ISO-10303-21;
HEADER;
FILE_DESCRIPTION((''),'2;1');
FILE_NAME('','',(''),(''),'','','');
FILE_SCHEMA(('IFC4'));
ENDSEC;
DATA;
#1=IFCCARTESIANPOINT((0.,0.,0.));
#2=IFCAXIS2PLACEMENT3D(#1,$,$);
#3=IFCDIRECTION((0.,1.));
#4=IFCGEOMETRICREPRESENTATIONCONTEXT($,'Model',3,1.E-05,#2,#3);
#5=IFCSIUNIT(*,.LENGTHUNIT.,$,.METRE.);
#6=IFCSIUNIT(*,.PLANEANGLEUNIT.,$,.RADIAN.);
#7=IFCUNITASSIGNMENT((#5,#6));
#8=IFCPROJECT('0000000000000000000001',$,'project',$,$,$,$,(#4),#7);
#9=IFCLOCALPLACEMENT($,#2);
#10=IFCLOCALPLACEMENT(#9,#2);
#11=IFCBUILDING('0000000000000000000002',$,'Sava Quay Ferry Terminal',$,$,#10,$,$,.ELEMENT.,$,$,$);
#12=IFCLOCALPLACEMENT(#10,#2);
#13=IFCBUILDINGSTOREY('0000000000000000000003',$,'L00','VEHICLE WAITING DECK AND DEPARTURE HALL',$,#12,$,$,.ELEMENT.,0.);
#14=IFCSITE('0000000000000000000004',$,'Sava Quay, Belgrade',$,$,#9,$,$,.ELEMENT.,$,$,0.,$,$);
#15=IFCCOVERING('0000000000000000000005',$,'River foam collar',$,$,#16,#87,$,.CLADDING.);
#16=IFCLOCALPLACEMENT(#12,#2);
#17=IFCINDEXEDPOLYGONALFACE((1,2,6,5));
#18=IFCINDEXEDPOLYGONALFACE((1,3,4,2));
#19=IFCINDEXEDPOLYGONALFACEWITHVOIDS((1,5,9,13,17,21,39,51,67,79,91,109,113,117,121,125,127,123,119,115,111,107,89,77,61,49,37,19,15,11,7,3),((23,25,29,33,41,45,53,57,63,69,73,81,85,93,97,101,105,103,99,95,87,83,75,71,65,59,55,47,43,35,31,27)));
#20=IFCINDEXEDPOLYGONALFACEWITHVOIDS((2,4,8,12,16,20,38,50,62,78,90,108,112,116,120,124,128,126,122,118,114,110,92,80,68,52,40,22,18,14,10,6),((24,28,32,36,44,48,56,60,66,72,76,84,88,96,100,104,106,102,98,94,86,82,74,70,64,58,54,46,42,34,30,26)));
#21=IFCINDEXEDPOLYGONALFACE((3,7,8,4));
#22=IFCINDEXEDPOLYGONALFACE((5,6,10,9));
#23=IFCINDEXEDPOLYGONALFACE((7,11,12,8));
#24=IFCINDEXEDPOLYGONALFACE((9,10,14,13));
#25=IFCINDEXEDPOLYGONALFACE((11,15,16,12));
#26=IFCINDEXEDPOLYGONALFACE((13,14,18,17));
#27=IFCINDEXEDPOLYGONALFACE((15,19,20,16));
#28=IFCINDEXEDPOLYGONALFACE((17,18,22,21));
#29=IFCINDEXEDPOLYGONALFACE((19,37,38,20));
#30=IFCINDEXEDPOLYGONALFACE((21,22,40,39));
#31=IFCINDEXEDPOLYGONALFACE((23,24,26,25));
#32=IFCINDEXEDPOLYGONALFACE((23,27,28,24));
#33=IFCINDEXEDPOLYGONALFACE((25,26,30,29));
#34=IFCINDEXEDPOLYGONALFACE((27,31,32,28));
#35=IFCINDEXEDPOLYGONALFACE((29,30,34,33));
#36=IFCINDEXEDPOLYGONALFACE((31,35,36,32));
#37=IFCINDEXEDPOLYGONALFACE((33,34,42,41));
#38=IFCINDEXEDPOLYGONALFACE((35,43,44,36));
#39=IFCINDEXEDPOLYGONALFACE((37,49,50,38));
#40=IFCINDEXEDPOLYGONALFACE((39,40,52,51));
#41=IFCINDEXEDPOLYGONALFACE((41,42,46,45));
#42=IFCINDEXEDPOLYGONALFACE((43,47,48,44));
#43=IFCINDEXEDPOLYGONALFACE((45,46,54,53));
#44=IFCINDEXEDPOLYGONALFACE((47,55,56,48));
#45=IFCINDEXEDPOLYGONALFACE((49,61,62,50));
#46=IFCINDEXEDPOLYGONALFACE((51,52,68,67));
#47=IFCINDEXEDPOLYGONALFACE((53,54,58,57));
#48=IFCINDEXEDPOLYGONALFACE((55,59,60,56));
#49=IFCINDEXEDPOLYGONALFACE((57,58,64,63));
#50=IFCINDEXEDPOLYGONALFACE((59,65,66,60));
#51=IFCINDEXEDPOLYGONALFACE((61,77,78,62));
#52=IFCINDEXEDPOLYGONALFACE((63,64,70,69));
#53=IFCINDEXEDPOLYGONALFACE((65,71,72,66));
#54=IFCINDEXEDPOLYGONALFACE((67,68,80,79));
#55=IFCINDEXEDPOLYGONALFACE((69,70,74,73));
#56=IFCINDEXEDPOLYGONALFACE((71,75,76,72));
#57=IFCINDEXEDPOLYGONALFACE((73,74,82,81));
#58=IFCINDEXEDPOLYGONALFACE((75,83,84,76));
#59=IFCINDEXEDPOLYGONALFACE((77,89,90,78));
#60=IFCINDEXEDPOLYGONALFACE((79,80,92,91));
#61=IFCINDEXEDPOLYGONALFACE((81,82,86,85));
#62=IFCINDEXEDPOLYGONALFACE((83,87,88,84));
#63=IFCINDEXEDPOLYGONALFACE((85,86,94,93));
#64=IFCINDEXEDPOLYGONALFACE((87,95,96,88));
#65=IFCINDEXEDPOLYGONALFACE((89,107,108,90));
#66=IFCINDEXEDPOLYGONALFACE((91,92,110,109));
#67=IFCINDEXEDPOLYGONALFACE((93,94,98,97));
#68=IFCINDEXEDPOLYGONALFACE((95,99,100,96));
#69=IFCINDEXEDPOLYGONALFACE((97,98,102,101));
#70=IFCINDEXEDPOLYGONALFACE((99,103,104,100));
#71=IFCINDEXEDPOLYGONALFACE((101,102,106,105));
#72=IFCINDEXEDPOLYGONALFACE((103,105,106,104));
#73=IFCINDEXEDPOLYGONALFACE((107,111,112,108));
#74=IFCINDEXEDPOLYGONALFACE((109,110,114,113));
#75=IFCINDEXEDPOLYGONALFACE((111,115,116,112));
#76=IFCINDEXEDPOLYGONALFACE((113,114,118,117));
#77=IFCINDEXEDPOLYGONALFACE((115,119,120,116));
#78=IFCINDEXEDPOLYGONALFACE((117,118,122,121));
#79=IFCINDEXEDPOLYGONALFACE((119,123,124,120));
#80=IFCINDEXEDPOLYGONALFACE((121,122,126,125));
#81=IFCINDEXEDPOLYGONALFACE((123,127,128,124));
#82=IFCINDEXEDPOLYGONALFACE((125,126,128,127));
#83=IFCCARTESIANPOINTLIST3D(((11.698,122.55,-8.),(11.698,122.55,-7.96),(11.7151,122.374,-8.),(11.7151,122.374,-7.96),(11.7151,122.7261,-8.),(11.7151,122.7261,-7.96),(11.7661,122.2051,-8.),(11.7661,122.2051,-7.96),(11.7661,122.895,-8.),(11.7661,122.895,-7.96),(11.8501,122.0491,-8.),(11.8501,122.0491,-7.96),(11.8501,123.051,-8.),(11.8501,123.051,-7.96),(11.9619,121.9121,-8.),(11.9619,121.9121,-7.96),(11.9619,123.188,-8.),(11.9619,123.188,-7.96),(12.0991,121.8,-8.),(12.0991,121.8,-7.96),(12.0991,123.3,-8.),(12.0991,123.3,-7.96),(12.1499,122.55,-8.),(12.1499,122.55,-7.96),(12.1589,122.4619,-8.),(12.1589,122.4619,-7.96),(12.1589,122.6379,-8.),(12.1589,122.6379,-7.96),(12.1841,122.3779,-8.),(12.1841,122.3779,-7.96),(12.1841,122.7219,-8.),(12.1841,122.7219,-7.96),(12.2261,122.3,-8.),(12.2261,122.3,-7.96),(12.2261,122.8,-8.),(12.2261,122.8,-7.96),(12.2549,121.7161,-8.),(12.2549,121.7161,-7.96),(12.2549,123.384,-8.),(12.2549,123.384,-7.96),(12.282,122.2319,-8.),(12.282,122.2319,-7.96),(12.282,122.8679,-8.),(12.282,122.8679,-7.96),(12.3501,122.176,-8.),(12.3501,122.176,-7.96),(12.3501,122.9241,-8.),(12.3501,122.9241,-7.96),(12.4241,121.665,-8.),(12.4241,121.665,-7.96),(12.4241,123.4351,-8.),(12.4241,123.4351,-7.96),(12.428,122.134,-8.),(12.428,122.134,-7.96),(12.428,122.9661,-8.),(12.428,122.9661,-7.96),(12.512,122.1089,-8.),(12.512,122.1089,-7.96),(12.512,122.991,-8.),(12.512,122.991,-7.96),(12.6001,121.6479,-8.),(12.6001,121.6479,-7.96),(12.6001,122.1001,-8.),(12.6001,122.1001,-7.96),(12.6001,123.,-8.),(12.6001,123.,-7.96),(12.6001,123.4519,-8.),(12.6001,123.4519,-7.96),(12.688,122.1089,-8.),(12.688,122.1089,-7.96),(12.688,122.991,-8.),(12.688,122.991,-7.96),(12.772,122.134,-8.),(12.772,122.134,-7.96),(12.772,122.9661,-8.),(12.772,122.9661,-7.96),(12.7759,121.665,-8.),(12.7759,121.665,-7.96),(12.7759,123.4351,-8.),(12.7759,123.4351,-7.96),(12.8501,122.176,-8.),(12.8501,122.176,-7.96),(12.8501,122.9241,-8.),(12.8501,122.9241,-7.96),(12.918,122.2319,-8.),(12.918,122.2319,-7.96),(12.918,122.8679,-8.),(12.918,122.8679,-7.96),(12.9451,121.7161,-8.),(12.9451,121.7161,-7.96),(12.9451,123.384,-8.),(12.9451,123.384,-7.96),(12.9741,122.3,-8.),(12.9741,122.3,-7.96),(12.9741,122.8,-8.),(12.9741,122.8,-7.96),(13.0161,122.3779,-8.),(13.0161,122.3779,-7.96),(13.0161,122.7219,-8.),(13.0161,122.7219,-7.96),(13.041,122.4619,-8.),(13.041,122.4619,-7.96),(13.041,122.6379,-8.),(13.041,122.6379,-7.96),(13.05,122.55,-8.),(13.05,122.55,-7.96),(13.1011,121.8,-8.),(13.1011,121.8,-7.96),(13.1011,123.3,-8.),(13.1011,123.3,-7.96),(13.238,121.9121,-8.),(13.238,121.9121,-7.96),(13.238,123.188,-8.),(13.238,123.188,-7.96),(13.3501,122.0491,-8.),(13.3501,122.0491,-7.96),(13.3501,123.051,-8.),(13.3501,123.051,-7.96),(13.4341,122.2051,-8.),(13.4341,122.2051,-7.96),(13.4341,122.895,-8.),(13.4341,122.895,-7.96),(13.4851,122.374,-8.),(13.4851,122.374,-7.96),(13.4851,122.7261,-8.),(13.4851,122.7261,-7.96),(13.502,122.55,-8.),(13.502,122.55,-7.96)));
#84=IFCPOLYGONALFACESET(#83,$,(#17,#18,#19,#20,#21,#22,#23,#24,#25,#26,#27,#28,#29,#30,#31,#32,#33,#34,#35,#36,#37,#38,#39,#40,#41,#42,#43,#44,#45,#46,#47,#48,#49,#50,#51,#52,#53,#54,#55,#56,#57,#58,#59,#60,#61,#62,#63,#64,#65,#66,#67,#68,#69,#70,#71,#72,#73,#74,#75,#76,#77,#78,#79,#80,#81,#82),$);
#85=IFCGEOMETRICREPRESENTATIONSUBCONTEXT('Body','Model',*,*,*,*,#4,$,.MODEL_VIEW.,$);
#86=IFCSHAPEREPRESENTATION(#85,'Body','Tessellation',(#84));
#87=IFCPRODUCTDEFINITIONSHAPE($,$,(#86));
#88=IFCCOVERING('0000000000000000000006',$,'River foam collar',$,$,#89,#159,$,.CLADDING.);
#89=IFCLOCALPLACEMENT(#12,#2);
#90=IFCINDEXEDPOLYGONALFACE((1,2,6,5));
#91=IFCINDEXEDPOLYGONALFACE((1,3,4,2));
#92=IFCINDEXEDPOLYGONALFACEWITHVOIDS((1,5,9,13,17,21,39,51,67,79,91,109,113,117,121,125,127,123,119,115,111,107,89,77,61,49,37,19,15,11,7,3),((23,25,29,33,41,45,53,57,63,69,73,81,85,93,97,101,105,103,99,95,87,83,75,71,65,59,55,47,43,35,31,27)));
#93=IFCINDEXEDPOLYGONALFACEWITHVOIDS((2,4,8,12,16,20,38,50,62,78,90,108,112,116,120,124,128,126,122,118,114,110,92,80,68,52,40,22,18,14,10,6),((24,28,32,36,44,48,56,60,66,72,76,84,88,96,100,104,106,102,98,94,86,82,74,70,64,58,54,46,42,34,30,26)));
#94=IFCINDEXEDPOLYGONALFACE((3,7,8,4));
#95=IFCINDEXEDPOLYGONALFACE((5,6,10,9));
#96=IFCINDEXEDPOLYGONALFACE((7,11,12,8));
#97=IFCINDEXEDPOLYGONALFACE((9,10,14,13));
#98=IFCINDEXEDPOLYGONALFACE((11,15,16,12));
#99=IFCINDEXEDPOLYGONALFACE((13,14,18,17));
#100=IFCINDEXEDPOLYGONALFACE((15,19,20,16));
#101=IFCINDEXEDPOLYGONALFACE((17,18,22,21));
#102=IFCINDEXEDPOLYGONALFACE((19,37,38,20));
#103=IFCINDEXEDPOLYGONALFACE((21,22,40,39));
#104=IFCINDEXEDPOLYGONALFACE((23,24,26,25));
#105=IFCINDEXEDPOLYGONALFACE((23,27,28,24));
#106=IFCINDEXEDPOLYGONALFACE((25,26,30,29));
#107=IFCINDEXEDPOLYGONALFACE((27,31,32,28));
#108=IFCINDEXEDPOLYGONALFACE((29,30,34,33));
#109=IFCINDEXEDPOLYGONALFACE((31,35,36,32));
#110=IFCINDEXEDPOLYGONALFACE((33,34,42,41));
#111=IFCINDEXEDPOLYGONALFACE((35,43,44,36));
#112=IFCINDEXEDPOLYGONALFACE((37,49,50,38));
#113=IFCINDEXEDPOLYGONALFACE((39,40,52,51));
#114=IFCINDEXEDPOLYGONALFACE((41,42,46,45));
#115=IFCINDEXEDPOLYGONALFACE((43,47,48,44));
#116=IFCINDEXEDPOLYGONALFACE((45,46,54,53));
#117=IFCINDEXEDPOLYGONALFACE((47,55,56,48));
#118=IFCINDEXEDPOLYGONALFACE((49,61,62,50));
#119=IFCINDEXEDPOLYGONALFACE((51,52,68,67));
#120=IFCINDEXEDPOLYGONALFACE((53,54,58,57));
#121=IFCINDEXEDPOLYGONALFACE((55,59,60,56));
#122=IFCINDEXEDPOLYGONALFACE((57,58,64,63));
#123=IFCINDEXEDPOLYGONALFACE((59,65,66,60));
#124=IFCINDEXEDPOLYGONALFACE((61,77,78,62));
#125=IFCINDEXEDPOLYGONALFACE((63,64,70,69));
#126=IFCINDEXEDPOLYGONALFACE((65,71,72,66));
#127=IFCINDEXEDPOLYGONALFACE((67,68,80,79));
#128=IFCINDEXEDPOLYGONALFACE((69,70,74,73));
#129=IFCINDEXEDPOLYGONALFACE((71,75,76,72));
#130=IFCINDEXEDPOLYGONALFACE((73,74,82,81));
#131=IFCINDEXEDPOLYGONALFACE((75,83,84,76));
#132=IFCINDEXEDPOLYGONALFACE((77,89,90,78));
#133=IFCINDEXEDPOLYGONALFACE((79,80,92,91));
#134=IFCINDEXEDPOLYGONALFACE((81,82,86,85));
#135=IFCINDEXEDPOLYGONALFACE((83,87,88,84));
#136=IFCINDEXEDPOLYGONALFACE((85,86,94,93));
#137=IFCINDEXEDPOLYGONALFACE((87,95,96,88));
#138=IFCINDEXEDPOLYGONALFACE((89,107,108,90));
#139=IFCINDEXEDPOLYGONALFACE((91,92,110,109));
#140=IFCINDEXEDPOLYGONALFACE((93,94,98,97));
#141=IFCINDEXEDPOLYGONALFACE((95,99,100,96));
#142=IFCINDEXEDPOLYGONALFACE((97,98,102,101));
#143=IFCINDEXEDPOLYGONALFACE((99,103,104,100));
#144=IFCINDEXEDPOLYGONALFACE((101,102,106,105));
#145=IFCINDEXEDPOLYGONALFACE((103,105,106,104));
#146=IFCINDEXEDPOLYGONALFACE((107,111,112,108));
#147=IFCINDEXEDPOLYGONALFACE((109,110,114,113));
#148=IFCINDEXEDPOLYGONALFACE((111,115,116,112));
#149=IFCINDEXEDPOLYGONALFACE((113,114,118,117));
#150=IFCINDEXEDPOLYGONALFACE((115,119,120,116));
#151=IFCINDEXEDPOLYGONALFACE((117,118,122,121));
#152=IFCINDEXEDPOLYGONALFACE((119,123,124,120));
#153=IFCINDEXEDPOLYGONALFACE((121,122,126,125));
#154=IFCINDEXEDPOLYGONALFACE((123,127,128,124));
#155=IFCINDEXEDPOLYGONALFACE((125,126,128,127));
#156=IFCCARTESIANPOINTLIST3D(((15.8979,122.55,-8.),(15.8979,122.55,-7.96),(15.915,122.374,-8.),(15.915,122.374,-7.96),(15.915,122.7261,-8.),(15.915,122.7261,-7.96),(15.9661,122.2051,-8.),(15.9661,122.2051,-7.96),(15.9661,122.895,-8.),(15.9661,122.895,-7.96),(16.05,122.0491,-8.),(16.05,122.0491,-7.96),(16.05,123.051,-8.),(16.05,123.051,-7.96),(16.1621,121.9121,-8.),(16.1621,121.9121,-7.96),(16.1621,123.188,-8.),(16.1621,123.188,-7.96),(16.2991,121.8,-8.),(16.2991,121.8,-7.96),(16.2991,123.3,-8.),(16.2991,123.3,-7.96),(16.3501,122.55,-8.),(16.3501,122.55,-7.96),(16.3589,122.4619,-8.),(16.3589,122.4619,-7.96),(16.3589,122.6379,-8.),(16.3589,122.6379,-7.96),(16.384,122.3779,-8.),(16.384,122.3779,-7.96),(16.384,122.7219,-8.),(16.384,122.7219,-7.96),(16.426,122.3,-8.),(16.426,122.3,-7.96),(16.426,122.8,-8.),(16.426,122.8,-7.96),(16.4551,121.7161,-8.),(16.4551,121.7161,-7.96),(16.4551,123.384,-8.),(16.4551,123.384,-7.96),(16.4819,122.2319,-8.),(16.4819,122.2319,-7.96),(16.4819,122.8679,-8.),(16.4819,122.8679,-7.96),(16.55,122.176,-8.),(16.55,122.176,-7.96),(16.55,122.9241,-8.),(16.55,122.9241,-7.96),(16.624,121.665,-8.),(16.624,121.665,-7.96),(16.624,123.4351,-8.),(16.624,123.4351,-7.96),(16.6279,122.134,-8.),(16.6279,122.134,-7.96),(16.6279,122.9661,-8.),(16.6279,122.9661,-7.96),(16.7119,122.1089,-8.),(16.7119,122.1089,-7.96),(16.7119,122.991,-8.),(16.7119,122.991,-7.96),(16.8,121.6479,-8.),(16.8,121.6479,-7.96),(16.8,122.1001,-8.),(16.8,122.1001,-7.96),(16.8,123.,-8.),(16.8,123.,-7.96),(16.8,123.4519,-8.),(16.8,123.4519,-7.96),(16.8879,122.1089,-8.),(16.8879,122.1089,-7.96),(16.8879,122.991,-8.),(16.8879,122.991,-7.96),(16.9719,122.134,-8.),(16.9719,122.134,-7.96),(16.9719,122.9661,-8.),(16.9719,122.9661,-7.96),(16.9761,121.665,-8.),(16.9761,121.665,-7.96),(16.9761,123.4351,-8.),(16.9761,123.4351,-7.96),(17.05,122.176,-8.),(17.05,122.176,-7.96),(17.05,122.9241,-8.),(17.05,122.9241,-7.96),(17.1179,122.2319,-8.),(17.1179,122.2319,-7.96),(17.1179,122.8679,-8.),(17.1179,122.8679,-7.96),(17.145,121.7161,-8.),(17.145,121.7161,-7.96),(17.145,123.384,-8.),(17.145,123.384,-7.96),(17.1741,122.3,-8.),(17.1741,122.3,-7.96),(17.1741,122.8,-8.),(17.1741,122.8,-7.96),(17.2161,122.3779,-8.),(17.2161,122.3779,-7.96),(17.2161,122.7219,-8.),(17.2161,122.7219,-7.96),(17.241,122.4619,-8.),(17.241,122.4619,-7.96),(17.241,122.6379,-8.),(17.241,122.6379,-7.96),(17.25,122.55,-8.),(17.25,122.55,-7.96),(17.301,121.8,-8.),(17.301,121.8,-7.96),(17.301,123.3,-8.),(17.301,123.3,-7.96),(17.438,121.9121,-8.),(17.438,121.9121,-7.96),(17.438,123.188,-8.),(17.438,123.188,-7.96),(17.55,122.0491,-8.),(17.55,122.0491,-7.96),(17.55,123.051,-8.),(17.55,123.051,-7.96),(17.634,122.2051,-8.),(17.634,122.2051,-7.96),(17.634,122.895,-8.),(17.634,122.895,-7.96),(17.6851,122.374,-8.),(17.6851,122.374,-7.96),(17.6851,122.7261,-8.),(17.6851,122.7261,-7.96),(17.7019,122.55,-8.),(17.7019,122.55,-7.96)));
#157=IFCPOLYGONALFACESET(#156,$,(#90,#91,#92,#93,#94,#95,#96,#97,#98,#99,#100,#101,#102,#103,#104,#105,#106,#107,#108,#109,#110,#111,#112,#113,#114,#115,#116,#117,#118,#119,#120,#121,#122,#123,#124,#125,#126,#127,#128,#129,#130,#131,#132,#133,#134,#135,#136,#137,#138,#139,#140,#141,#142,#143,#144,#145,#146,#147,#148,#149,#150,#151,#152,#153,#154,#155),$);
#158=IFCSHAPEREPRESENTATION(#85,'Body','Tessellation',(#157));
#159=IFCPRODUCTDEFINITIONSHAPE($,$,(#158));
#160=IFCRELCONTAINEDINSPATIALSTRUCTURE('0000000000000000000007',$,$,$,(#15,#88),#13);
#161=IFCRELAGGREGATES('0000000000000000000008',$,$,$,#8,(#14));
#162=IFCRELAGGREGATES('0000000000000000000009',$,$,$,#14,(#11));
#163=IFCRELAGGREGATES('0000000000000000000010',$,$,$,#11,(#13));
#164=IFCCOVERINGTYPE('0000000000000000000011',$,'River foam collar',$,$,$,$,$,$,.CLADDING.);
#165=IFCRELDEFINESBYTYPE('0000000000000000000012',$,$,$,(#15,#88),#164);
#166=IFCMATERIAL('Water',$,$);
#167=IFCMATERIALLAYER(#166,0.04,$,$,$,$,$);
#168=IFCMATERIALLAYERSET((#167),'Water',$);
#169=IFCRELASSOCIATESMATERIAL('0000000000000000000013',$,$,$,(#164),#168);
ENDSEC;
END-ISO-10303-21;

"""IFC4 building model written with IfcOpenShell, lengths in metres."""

from ifc_helpers import new_model, si_unit, direction, frame, origin, place, context, subcontext, project, spatial, polyline, outline, extrude, material, layer, layer_set, type_object, element, save


model = new_model("IFC4")

# Units and contexts
model_context = context("Model", 3, precision=1e-05, world=origin(), true_north=direction((0.0, 1.0)))
body_context = subcontext(model_context, "Body", "Model", "MODEL_VIEW")
ifc_project = project(units=[si_unit("LENGTHUNIT", "METRE"), si_unit("PLANEANGLEUNIT", "RADIAN")], contexts=[model_context])

# Site, building, storey
site_placement = place(None, origin())
site = spatial("IfcSite", under=ifc_project, at=site_placement, Name="Sava Quay, Belgrade", CompositionType="ELEMENT", RefElevation=0.0)
building_placement = place(site_placement, origin())
building = spatial("IfcBuilding", under=site, at=building_placement, Name="Sava Quay Ferry Terminal", CompositionType="ELEMENT")
storey_placement = place(building_placement, origin())
storey = spatial("IfcBuildingStorey", under=building, at=storey_placement, Name="L00", Description="VEHICLE WAITING DECK AND DEPARTURE HALL", CompositionType="ELEMENT", Elevation=0.0)

# Coverings
ifc_material = material(Name="Water")
ifc_layer = layer(ifc_material, 0.04)
ifc_layer_set = layer_set([ifc_layer], Name="Water")
covering_type = type_object("IfcCoveringType", Name="River foam collar", PredefinedType="CLADDING", material=ifc_layer_set)
covering_1_placement = place(storey_placement, frame((0.0, 0.0, -8.0)))
element("IfcCovering", 1, at=covering_1_placement, inside=storey, type_object=covering_type, Name="River foam collar", PredefinedType="CLADDING", context=body_context, shape_type="SweptSolid", body=[
    extrude(outline(polyline([(12.4241, 123.4351), (12.2549, 123.384), (12.0991, 123.3), (11.9619, 123.188), (11.8501, 123.051), (11.7661, 122.895), (11.7151, 122.7261), (11.698, 122.55), (11.7151, 122.374), (11.7661, 122.2051), (11.8501, 122.0491), (11.9619, 121.9121), (12.0991, 121.8), (12.2549, 121.7161), (12.4241, 121.665), (12.6001, 121.6479), (12.7759, 121.665), (12.9451, 121.7161), (13.1011, 121.8), (13.238, 121.9121), (13.3501, 122.0491), (13.4341, 122.2051), (13.4851, 122.374), (13.502, 122.55), (13.4851, 122.7261), (13.4341, 122.895), (13.3501, 123.051), (13.238, 123.188), (13.1011, 123.3), (12.9451, 123.384), (12.7759, 123.4351), (12.6001, 123.4519), (12.4241, 123.4351)]), holes=[polyline([(12.512, 122.1089), (12.428, 122.134), (12.3501, 122.176), (12.282, 122.2319), (12.2261, 122.3), (12.1841, 122.3779), (12.1589, 122.4619), (12.1499, 122.55), (12.1589, 122.6379), (12.1841, 122.7219), (12.2261, 122.8), (12.282, 122.8679), (12.3501, 122.9241), (12.428, 122.9661), (12.512, 122.991), (12.6001, 123.0), (12.688, 122.991), (12.772, 122.9661), (12.8501, 122.9241), (12.918, 122.8679), (12.9741, 122.8), (13.0161, 122.7219), (13.041, 122.6379), (13.05, 122.55), (13.041, 122.4619), (13.0161, 122.3779), (12.9741, 122.3), (12.918, 122.2319), (12.8501, 122.176), (12.772, 122.134), (12.688, 122.1089), (12.6001, 122.1001), (12.512, 122.1089)])]), origin(), (0.0, 0.0, 1.0), 0.04),
])
covering_2_placement = place(storey_placement, frame((0.0, 0.0, -8.0)))
element("IfcCovering", 2, at=covering_2_placement, inside=storey, type_object=covering_type, Name="River foam collar", PredefinedType="CLADDING", context=body_context, shape_type="SweptSolid", body=[
    extrude(outline(polyline([(16.8, 123.4519), (16.624, 123.4351), (16.4551, 123.384), (16.2991, 123.3), (16.1621, 123.188), (16.05, 123.051), (15.9661, 122.895), (15.915, 122.7261), (15.8979, 122.55), (15.915, 122.374), (15.9661, 122.2051), (16.05, 122.0491), (16.1621, 121.9121), (16.2991, 121.8), (16.4551, 121.7161), (16.624, 121.665), (16.8, 121.6479), (16.9761, 121.665), (17.145, 121.7161), (17.301, 121.8), (17.438, 121.9121), (17.55, 122.0491), (17.634, 122.2051), (17.6851, 122.374), (17.7019, 122.55), (17.6851, 122.7261), (17.634, 122.895), (17.55, 123.051), (17.438, 123.188), (17.301, 123.3), (17.145, 123.384), (16.9761, 123.4351), (16.8, 123.4519)]), holes=[polyline([(16.8, 122.1001), (16.7119, 122.1089), (16.6279, 122.134), (16.55, 122.176), (16.4819, 122.2319), (16.426, 122.3), (16.384, 122.3779), (16.3589, 122.4619), (16.3501, 122.55), (16.3589, 122.6379), (16.384, 122.7219), (16.426, 122.8), (16.4819, 122.8679), (16.55, 122.9241), (16.6279, 122.9661), (16.7119, 122.991), (16.8, 123.0), (16.8879, 122.991), (16.9719, 122.9661), (17.05, 122.9241), (17.1179, 122.8679), (17.1741, 122.8), (17.2161, 122.7219), (17.241, 122.6379), (17.25, 122.55), (17.241, 122.4619), (17.2161, 122.3779), (17.1741, 122.3), (17.1179, 122.2319), (17.05, 122.176), (16.9719, 122.134), (16.8879, 122.1089), (16.8, 122.1001)])]), origin(), (0.0, 0.0, 1.0), 0.04),
])

save(model, "model.ifc")
